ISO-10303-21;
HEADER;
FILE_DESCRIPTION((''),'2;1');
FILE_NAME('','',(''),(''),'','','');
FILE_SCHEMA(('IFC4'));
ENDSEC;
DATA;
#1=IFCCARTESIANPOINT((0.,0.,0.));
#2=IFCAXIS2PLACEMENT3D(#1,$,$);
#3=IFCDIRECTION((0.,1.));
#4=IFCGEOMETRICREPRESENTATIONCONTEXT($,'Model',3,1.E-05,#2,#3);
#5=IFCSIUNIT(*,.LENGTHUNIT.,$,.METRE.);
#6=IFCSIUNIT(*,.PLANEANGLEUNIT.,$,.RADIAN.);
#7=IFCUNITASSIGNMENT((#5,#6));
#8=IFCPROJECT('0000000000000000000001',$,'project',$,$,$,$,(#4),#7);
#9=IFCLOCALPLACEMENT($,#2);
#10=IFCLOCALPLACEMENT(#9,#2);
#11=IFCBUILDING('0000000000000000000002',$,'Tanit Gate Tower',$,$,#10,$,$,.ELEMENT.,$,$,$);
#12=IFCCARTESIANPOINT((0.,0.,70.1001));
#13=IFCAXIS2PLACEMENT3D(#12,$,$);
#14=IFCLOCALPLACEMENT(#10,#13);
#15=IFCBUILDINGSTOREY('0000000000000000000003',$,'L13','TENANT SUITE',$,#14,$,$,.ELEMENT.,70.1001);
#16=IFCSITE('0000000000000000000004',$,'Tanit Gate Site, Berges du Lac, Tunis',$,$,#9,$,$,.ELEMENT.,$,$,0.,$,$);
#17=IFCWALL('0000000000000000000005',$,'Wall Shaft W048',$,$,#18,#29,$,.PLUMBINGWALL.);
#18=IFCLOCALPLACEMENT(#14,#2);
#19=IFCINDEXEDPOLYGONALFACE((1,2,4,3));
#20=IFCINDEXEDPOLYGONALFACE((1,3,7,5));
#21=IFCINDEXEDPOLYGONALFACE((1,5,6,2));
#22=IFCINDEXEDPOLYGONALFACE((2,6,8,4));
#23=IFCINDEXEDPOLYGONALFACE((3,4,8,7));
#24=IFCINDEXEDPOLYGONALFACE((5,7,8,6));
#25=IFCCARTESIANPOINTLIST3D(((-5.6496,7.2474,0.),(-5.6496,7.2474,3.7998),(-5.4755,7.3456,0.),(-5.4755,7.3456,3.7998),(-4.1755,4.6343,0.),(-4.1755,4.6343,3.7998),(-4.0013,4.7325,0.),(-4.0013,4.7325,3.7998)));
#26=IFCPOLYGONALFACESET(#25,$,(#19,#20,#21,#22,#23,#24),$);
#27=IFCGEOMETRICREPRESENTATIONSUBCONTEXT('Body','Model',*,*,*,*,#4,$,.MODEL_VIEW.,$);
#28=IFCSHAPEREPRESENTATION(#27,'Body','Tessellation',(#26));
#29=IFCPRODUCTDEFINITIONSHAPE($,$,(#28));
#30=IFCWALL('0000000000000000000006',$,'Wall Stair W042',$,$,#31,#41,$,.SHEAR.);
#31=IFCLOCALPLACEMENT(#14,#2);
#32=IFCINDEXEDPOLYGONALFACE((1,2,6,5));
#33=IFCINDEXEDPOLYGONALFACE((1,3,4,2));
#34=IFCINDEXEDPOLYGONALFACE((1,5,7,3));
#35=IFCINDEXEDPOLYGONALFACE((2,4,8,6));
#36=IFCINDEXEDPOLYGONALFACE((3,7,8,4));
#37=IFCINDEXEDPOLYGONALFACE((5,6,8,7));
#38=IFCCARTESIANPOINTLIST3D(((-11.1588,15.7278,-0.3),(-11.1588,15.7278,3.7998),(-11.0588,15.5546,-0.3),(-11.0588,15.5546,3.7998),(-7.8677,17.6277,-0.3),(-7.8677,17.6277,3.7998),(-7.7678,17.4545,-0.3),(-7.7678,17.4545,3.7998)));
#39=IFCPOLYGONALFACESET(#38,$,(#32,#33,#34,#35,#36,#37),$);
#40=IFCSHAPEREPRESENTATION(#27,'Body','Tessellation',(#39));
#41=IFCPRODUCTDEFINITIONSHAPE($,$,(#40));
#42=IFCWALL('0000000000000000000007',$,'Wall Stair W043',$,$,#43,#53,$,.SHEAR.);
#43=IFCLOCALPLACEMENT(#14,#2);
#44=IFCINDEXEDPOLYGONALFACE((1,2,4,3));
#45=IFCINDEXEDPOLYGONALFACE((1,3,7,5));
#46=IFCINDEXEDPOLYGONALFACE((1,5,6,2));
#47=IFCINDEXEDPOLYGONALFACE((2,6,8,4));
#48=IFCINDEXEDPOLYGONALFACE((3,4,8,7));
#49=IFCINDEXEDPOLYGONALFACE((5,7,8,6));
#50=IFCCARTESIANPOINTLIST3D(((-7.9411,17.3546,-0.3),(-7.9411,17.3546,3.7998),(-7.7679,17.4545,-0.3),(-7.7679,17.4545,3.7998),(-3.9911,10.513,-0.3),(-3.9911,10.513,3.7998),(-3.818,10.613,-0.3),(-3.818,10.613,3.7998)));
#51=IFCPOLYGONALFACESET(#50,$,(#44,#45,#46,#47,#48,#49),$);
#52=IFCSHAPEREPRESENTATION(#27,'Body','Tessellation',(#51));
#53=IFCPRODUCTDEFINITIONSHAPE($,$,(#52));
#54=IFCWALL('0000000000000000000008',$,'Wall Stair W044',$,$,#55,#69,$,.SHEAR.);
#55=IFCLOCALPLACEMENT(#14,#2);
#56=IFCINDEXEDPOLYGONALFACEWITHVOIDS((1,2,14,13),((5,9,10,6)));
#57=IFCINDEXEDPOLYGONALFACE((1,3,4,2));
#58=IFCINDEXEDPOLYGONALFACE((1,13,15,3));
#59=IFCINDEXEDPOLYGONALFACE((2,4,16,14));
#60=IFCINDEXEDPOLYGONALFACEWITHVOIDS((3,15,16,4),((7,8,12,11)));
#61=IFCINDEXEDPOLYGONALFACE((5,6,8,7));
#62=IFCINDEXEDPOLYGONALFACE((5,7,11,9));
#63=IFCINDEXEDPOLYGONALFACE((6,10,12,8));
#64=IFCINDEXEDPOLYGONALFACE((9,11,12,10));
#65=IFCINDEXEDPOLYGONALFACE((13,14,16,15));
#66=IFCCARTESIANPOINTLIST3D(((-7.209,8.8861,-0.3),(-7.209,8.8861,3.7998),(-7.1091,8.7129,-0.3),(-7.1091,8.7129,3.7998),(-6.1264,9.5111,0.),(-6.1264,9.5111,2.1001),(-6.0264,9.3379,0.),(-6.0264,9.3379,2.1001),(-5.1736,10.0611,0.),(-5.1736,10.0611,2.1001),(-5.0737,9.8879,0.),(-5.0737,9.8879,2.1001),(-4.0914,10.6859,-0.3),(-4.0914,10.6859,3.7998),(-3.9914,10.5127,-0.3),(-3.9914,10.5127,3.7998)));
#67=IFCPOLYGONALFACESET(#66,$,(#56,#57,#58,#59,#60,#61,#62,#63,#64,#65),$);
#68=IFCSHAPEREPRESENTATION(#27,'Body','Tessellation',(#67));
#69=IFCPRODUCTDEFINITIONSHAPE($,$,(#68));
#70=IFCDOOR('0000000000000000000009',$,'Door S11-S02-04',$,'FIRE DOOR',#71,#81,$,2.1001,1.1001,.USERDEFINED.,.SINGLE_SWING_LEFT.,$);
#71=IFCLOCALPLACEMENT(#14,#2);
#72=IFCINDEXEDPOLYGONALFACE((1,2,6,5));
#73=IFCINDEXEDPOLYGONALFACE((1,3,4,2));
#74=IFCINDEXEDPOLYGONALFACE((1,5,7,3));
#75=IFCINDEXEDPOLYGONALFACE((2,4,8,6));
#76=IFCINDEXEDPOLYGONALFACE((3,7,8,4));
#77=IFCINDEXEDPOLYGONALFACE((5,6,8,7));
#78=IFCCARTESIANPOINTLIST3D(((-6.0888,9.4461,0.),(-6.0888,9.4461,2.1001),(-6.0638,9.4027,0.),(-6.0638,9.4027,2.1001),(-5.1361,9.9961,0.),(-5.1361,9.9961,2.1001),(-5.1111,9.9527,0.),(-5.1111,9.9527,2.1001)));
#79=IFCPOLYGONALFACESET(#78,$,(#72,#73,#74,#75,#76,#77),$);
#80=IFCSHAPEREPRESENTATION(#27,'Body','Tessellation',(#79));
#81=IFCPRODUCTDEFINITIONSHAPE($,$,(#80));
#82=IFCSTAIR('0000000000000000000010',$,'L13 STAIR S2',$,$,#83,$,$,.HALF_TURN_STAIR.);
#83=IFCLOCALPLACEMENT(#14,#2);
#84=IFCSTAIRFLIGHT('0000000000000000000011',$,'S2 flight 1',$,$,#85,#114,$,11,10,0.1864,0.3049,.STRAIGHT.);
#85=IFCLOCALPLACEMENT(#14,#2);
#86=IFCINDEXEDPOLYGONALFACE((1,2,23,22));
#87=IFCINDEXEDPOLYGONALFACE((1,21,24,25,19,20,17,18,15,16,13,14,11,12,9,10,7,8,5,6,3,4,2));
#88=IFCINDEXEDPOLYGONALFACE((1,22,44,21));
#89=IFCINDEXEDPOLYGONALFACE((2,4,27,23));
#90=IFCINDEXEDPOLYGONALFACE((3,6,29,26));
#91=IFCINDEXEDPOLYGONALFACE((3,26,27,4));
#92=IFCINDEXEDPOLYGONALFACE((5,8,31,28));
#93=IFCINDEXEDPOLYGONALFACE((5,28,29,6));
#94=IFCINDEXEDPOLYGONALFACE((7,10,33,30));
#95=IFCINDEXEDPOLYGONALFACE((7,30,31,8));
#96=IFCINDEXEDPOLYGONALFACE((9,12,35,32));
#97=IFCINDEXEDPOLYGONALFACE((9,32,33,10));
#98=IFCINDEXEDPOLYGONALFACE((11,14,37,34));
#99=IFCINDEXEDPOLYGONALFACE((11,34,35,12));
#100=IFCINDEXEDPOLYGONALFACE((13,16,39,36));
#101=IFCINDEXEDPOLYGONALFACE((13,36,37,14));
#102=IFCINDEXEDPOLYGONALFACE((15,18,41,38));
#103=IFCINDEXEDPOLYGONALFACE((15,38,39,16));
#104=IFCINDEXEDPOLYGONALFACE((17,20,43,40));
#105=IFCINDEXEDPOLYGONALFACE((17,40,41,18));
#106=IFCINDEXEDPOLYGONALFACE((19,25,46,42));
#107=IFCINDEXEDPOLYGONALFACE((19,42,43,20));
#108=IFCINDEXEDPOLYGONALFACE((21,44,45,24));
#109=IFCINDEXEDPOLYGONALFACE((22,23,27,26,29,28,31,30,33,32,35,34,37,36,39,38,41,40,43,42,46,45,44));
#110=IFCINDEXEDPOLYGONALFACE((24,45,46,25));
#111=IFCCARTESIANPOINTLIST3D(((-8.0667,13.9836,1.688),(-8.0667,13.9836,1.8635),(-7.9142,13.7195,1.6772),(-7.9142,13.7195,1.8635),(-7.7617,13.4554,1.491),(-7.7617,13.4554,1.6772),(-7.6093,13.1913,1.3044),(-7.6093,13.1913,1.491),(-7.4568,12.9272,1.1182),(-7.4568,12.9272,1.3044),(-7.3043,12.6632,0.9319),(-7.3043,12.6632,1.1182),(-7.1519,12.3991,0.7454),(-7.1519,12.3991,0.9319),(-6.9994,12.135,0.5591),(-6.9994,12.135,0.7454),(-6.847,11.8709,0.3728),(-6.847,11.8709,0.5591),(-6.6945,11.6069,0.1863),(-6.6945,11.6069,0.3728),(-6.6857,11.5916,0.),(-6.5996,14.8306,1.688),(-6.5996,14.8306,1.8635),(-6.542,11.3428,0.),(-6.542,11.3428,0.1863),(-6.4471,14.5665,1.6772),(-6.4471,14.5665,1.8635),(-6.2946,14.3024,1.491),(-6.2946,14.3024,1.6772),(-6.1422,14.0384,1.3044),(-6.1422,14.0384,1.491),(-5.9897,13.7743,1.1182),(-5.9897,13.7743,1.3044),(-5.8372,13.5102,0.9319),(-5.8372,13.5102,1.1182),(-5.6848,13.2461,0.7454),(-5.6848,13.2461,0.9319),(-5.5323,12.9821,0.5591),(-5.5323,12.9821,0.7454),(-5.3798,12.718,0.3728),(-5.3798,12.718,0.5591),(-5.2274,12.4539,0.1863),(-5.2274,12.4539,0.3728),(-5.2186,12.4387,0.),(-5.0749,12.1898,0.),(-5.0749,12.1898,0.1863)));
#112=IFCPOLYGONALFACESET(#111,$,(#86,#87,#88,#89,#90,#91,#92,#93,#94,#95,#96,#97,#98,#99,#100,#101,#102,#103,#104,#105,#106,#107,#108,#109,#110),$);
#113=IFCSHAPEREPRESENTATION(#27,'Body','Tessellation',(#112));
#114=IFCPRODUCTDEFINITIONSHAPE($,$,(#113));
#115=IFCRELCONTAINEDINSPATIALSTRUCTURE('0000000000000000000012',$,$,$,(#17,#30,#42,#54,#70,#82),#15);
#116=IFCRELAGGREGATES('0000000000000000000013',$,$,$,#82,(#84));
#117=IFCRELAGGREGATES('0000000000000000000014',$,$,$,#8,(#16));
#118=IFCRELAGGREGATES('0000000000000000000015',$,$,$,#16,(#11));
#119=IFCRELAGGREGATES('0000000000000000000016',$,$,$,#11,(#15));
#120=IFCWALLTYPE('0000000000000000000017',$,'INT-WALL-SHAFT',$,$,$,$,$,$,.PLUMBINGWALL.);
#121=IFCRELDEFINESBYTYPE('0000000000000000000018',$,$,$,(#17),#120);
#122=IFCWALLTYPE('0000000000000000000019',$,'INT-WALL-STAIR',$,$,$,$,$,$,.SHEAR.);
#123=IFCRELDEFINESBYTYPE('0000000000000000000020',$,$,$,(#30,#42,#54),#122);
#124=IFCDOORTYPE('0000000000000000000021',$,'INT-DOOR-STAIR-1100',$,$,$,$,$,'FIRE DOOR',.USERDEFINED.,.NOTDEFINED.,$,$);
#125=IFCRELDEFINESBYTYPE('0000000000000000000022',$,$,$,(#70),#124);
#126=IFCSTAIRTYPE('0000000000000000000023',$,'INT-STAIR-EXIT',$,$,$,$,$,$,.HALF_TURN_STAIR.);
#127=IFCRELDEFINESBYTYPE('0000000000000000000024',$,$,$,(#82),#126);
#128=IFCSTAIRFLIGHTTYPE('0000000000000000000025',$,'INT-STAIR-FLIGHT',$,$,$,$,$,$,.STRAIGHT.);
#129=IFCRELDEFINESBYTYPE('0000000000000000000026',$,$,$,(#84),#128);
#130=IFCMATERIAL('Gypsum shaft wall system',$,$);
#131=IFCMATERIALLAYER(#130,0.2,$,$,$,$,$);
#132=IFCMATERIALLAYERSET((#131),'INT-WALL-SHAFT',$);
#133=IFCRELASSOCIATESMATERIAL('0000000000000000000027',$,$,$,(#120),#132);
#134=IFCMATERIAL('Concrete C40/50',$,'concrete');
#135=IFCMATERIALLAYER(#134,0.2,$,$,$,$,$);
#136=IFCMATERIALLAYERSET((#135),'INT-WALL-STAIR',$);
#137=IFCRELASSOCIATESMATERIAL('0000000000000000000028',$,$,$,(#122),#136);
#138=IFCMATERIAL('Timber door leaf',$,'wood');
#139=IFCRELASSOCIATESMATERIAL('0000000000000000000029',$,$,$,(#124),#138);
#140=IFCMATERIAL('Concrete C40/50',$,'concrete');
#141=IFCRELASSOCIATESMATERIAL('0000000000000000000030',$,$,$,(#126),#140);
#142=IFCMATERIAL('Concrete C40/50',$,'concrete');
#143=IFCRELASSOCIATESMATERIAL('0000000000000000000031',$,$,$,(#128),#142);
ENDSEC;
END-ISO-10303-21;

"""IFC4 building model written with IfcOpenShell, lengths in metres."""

from ifc_helpers import new_model, si_unit, direction, frame, frame_2d, origin, place, context, subcontext, project, spatial, polyline, rectangle, outline, extrude, material, layer, layer_set, type_object, element, fill, aggregate, save


model = new_model("IFC4")

# Units and contexts
model_context = context("Model", 3, precision=1e-05, world=origin(), true_north=direction((0.0, 1.0)))
body_context = subcontext(model_context, "Body", "Model", "MODEL_VIEW")
ifc_project = project(units=[si_unit("LENGTHUNIT", "METRE"), si_unit("PLANEANGLEUNIT", "RADIAN")], contexts=[model_context])

# Site, building, storey
site_placement = place(None, origin())
site = spatial("IfcSite", under=ifc_project, at=site_placement, Name="Tanit Gate Site, Berges du Lac, Tunis", CompositionType="ELEMENT", RefElevation=0.0)
building_placement = place(site_placement, origin())
building = spatial("IfcBuilding", under=site, at=building_placement, Name="Tanit Gate Tower", CompositionType="ELEMENT")
storey_placement = place(building_placement, frame((0.0, 0.0, 70.1001)))
storey = spatial("IfcBuildingStorey", under=building, at=storey_placement, Name="L13", Description="TENANT SUITE", CompositionType="ELEMENT", Elevation=70.1001)

# Shared definitions
ifc_material_1 = material(Name="Gypsum shaft wall system")
ifc_layer_1 = layer(ifc_material_1, 0.2)
ifc_layer_set_1 = layer_set([ifc_layer_1], Name="INT-WALL-SHAFT")
wall_type_1 = type_object("IfcWallType", Name="INT-WALL-SHAFT", PredefinedType="PLUMBINGWALL", material=ifc_layer_set_1)

# Walls
wall_1_placement = place(storey_placement, frame((-5.5625, 7.2964, 0.0), z_axis=(0.0, 0.0, 1.0), x_axis=(0.491347, -0.870964, 0.0)))
element("IfcWall", 1, at=wall_1_placement, inside=storey, type_object=wall_type_1, Name="Wall Shaft W048", PredefinedType="PLUMBINGWALL", context=body_context, shape_type="SweptSolid", body=[
    extrude(rectangle(XDim=3.0002, YDim=0.2, at=frame_2d((1.5, 0.0))), origin(), (0.0, 0.0, 1.0), 3.7998),
])
ifc_material_2 = material(Name="Concrete C40/50", Category="concrete")
ifc_layer_2 = layer(ifc_material_2, 0.2)
ifc_layer_set_2 = layer_set([ifc_layer_2], Name="INT-WALL-STAIR")
wall_type_2 = type_object("IfcWallType", Name="INT-WALL-STAIR", PredefinedType="SHEAR", material=ifc_layer_set_2)
wall_2_placement = place(storey_placement, frame((-7.8179, 17.541, -0.3), z_axis=(0.0, 0.0, 1.0), x_axis=(-0.866044, -0.499967, 0.0)))
element("IfcWall", 2, at=wall_2_placement, inside=storey, type_object=wall_type_2, Name="Wall Stair W042", PredefinedType="SHEAR", context=body_context, shape_type="SweptSolid", body=[
    extrude(rectangle(XDim=3.8, YDim=0.2, at=frame_2d((1.8999, 0.0))), origin(), (0.0, 0.0, 1.0), 4.0999),
])
wall_3_placement = place(storey_placement, frame((-7.8545, 17.4045, -0.3), z_axis=(0.0, 0.0, 1.0), x_axis=(0.499998, -0.866027, 0.0)))
element("IfcWall", 3, at=wall_3_placement, inside=storey, type_object=wall_type_2, Name="Wall Stair W043", PredefinedType="SHEAR", context=body_context, shape_type="SweptSolid", body=[
    extrude(rectangle(XDim=7.8999, YDim=0.2, at=frame_2d((3.95, 0.0))), origin(), (0.0, 0.0, 1.0), 4.0999),
])

# Wall, opening, door
wall_4_placement = place(storey_placement, frame((-7.1589, 8.7996, -0.3), z_axis=(0.0, 0.0, 1.0), x_axis=(0.866048, 0.499961, 0.0)))
wall_4 = element("IfcWall", 4, at=wall_4_placement, inside=storey, type_object=wall_type_2, Name="Wall Stair W044", PredefinedType="SHEAR", context=body_context, shape_type="SweptSolid", body=[
    extrude(rectangle(XDim=3.5999, YDim=0.2, at=frame_2d((1.7998, 0.0))), origin(), (0.0, 0.0, 1.0), 4.0999),
])
opening_1_placement = place(wall_4_placement, frame((1.25, 0.0, 0.3)))
opening_1 = element("IfcOpeningElement", 5, at=opening_1_placement, cuts=wall_4, PredefinedType="OPENING", context=body_context, shape_type="SweptSolid", body=[
    extrude(rectangle(XDim=1.1001, YDim=2.1001, at=frame_2d((0.55, 1.05))), frame((0.0, 0.1099, 0.0), z_axis=(0.0, -1.0, 0.0), x_axis=(1.0, 0.0, 0.0)), (0.0, 0.0, 1.0), 0.22),
])
ifc_material_3 = material(Name="Timber door leaf", Category="wood")
door_type_1 = type_object("IfcDoorType", Name="INT-DOOR-STAIR-1100", ElementType="FIRE DOOR", OperationType="NOTDEFINED", PredefinedType="USERDEFINED", material=ifc_material_3)
door_1_placement = place(opening_1_placement, origin())
door_1 = element("IfcDoor", 6, at=door_1_placement, inside=storey, type_object=door_type_1, Name="Door S11-S02-04", ObjectType="FIRE DOOR", OperationType="SINGLE_SWING_LEFT", OverallHeight=2.1001, OverallWidth=1.1001, PredefinedType="USERDEFINED", context=body_context, shape_type="SweptSolid", body=[
    extrude(rectangle(XDim=1.1001, YDim=2.1001, at=frame_2d((0.55, 1.05))), frame((0.0, 0.0249, 0.0), z_axis=(0.0, -1.0, 0.0), x_axis=(1.0, 0.0, 0.0)), (0.0, 0.0, 1.0), 0.05),
])
fill(opening_1, door_1)

# Stair, stair flight
ifc_material_4 = material(Name="Concrete C40/50", Category="concrete")
stair_type = type_object("IfcStairType", Name="INT-STAIR-EXIT", PredefinedType="HALF_TURN_STAIR", material=ifc_material_4)
stair_placement = place(storey_placement, origin())
stair = element("IfcStair", 7, at=stair_placement, inside=storey, type_object=stair_type, Name="L13 STAIR S2", PredefinedType="HALF_TURN_STAIR")
ifc_material_5 = material(Name="Concrete C40/50", Category="concrete")
stair_flight_type = type_object("IfcStairFlightType", Name="INT-STAIR-FLIGHT", PredefinedType="STRAIGHT", material=ifc_material_5)
stair_flight_placement = place(storey_placement, frame((-5.8083, 11.7664, 0.0), z_axis=(0.0, 0.0, 1.0), x_axis=(-0.5, 0.866025, 0.0)))
stair_flight = element("IfcStairFlight", 8, at=stair_flight_placement, type_object=stair_flight_type, Name="S2 flight 1", NumberOfRisers=11, NumberOfTreads=10, PredefinedType="STRAIGHT", RiserHeight=0.1864, TreadLength=0.3049, context=body_context, shape_type="SweptSolid", body=[
    extrude(outline(polyline([(0.0, 0.0), (0.0, 0.1863), (0.3049, 0.1863), (0.3049, 0.3728), (0.6099, 0.3728), (0.6099, 0.5591), (0.9148, 0.5591), (0.9148, 0.7454), (1.2197, 0.7454), (1.2197, 0.9319), (1.5247, 0.9319), (1.5247, 1.1182), (1.8296, 1.1182), (1.8296, 1.3044), (2.1345, 1.3044), (2.1345, 1.491), (2.4395, 1.491), (2.4395, 1.6772), (2.7444, 1.6772), (2.7444, 1.8635), (3.0493, 1.8635), (3.0493, 2.05), (3.0493, 1.688), (0.2874, 0.0), (0.0, 0.0)])), frame((0.0, 0.8472, 0.0), z_axis=(0.0, -1.0, 0.0), x_axis=(1.0, 0.0, 0.0)), (0.0, 0.0, 1.0), 1.6941),
])
aggregate(stair, [stair_flight])

save(model, "model.ifc")
